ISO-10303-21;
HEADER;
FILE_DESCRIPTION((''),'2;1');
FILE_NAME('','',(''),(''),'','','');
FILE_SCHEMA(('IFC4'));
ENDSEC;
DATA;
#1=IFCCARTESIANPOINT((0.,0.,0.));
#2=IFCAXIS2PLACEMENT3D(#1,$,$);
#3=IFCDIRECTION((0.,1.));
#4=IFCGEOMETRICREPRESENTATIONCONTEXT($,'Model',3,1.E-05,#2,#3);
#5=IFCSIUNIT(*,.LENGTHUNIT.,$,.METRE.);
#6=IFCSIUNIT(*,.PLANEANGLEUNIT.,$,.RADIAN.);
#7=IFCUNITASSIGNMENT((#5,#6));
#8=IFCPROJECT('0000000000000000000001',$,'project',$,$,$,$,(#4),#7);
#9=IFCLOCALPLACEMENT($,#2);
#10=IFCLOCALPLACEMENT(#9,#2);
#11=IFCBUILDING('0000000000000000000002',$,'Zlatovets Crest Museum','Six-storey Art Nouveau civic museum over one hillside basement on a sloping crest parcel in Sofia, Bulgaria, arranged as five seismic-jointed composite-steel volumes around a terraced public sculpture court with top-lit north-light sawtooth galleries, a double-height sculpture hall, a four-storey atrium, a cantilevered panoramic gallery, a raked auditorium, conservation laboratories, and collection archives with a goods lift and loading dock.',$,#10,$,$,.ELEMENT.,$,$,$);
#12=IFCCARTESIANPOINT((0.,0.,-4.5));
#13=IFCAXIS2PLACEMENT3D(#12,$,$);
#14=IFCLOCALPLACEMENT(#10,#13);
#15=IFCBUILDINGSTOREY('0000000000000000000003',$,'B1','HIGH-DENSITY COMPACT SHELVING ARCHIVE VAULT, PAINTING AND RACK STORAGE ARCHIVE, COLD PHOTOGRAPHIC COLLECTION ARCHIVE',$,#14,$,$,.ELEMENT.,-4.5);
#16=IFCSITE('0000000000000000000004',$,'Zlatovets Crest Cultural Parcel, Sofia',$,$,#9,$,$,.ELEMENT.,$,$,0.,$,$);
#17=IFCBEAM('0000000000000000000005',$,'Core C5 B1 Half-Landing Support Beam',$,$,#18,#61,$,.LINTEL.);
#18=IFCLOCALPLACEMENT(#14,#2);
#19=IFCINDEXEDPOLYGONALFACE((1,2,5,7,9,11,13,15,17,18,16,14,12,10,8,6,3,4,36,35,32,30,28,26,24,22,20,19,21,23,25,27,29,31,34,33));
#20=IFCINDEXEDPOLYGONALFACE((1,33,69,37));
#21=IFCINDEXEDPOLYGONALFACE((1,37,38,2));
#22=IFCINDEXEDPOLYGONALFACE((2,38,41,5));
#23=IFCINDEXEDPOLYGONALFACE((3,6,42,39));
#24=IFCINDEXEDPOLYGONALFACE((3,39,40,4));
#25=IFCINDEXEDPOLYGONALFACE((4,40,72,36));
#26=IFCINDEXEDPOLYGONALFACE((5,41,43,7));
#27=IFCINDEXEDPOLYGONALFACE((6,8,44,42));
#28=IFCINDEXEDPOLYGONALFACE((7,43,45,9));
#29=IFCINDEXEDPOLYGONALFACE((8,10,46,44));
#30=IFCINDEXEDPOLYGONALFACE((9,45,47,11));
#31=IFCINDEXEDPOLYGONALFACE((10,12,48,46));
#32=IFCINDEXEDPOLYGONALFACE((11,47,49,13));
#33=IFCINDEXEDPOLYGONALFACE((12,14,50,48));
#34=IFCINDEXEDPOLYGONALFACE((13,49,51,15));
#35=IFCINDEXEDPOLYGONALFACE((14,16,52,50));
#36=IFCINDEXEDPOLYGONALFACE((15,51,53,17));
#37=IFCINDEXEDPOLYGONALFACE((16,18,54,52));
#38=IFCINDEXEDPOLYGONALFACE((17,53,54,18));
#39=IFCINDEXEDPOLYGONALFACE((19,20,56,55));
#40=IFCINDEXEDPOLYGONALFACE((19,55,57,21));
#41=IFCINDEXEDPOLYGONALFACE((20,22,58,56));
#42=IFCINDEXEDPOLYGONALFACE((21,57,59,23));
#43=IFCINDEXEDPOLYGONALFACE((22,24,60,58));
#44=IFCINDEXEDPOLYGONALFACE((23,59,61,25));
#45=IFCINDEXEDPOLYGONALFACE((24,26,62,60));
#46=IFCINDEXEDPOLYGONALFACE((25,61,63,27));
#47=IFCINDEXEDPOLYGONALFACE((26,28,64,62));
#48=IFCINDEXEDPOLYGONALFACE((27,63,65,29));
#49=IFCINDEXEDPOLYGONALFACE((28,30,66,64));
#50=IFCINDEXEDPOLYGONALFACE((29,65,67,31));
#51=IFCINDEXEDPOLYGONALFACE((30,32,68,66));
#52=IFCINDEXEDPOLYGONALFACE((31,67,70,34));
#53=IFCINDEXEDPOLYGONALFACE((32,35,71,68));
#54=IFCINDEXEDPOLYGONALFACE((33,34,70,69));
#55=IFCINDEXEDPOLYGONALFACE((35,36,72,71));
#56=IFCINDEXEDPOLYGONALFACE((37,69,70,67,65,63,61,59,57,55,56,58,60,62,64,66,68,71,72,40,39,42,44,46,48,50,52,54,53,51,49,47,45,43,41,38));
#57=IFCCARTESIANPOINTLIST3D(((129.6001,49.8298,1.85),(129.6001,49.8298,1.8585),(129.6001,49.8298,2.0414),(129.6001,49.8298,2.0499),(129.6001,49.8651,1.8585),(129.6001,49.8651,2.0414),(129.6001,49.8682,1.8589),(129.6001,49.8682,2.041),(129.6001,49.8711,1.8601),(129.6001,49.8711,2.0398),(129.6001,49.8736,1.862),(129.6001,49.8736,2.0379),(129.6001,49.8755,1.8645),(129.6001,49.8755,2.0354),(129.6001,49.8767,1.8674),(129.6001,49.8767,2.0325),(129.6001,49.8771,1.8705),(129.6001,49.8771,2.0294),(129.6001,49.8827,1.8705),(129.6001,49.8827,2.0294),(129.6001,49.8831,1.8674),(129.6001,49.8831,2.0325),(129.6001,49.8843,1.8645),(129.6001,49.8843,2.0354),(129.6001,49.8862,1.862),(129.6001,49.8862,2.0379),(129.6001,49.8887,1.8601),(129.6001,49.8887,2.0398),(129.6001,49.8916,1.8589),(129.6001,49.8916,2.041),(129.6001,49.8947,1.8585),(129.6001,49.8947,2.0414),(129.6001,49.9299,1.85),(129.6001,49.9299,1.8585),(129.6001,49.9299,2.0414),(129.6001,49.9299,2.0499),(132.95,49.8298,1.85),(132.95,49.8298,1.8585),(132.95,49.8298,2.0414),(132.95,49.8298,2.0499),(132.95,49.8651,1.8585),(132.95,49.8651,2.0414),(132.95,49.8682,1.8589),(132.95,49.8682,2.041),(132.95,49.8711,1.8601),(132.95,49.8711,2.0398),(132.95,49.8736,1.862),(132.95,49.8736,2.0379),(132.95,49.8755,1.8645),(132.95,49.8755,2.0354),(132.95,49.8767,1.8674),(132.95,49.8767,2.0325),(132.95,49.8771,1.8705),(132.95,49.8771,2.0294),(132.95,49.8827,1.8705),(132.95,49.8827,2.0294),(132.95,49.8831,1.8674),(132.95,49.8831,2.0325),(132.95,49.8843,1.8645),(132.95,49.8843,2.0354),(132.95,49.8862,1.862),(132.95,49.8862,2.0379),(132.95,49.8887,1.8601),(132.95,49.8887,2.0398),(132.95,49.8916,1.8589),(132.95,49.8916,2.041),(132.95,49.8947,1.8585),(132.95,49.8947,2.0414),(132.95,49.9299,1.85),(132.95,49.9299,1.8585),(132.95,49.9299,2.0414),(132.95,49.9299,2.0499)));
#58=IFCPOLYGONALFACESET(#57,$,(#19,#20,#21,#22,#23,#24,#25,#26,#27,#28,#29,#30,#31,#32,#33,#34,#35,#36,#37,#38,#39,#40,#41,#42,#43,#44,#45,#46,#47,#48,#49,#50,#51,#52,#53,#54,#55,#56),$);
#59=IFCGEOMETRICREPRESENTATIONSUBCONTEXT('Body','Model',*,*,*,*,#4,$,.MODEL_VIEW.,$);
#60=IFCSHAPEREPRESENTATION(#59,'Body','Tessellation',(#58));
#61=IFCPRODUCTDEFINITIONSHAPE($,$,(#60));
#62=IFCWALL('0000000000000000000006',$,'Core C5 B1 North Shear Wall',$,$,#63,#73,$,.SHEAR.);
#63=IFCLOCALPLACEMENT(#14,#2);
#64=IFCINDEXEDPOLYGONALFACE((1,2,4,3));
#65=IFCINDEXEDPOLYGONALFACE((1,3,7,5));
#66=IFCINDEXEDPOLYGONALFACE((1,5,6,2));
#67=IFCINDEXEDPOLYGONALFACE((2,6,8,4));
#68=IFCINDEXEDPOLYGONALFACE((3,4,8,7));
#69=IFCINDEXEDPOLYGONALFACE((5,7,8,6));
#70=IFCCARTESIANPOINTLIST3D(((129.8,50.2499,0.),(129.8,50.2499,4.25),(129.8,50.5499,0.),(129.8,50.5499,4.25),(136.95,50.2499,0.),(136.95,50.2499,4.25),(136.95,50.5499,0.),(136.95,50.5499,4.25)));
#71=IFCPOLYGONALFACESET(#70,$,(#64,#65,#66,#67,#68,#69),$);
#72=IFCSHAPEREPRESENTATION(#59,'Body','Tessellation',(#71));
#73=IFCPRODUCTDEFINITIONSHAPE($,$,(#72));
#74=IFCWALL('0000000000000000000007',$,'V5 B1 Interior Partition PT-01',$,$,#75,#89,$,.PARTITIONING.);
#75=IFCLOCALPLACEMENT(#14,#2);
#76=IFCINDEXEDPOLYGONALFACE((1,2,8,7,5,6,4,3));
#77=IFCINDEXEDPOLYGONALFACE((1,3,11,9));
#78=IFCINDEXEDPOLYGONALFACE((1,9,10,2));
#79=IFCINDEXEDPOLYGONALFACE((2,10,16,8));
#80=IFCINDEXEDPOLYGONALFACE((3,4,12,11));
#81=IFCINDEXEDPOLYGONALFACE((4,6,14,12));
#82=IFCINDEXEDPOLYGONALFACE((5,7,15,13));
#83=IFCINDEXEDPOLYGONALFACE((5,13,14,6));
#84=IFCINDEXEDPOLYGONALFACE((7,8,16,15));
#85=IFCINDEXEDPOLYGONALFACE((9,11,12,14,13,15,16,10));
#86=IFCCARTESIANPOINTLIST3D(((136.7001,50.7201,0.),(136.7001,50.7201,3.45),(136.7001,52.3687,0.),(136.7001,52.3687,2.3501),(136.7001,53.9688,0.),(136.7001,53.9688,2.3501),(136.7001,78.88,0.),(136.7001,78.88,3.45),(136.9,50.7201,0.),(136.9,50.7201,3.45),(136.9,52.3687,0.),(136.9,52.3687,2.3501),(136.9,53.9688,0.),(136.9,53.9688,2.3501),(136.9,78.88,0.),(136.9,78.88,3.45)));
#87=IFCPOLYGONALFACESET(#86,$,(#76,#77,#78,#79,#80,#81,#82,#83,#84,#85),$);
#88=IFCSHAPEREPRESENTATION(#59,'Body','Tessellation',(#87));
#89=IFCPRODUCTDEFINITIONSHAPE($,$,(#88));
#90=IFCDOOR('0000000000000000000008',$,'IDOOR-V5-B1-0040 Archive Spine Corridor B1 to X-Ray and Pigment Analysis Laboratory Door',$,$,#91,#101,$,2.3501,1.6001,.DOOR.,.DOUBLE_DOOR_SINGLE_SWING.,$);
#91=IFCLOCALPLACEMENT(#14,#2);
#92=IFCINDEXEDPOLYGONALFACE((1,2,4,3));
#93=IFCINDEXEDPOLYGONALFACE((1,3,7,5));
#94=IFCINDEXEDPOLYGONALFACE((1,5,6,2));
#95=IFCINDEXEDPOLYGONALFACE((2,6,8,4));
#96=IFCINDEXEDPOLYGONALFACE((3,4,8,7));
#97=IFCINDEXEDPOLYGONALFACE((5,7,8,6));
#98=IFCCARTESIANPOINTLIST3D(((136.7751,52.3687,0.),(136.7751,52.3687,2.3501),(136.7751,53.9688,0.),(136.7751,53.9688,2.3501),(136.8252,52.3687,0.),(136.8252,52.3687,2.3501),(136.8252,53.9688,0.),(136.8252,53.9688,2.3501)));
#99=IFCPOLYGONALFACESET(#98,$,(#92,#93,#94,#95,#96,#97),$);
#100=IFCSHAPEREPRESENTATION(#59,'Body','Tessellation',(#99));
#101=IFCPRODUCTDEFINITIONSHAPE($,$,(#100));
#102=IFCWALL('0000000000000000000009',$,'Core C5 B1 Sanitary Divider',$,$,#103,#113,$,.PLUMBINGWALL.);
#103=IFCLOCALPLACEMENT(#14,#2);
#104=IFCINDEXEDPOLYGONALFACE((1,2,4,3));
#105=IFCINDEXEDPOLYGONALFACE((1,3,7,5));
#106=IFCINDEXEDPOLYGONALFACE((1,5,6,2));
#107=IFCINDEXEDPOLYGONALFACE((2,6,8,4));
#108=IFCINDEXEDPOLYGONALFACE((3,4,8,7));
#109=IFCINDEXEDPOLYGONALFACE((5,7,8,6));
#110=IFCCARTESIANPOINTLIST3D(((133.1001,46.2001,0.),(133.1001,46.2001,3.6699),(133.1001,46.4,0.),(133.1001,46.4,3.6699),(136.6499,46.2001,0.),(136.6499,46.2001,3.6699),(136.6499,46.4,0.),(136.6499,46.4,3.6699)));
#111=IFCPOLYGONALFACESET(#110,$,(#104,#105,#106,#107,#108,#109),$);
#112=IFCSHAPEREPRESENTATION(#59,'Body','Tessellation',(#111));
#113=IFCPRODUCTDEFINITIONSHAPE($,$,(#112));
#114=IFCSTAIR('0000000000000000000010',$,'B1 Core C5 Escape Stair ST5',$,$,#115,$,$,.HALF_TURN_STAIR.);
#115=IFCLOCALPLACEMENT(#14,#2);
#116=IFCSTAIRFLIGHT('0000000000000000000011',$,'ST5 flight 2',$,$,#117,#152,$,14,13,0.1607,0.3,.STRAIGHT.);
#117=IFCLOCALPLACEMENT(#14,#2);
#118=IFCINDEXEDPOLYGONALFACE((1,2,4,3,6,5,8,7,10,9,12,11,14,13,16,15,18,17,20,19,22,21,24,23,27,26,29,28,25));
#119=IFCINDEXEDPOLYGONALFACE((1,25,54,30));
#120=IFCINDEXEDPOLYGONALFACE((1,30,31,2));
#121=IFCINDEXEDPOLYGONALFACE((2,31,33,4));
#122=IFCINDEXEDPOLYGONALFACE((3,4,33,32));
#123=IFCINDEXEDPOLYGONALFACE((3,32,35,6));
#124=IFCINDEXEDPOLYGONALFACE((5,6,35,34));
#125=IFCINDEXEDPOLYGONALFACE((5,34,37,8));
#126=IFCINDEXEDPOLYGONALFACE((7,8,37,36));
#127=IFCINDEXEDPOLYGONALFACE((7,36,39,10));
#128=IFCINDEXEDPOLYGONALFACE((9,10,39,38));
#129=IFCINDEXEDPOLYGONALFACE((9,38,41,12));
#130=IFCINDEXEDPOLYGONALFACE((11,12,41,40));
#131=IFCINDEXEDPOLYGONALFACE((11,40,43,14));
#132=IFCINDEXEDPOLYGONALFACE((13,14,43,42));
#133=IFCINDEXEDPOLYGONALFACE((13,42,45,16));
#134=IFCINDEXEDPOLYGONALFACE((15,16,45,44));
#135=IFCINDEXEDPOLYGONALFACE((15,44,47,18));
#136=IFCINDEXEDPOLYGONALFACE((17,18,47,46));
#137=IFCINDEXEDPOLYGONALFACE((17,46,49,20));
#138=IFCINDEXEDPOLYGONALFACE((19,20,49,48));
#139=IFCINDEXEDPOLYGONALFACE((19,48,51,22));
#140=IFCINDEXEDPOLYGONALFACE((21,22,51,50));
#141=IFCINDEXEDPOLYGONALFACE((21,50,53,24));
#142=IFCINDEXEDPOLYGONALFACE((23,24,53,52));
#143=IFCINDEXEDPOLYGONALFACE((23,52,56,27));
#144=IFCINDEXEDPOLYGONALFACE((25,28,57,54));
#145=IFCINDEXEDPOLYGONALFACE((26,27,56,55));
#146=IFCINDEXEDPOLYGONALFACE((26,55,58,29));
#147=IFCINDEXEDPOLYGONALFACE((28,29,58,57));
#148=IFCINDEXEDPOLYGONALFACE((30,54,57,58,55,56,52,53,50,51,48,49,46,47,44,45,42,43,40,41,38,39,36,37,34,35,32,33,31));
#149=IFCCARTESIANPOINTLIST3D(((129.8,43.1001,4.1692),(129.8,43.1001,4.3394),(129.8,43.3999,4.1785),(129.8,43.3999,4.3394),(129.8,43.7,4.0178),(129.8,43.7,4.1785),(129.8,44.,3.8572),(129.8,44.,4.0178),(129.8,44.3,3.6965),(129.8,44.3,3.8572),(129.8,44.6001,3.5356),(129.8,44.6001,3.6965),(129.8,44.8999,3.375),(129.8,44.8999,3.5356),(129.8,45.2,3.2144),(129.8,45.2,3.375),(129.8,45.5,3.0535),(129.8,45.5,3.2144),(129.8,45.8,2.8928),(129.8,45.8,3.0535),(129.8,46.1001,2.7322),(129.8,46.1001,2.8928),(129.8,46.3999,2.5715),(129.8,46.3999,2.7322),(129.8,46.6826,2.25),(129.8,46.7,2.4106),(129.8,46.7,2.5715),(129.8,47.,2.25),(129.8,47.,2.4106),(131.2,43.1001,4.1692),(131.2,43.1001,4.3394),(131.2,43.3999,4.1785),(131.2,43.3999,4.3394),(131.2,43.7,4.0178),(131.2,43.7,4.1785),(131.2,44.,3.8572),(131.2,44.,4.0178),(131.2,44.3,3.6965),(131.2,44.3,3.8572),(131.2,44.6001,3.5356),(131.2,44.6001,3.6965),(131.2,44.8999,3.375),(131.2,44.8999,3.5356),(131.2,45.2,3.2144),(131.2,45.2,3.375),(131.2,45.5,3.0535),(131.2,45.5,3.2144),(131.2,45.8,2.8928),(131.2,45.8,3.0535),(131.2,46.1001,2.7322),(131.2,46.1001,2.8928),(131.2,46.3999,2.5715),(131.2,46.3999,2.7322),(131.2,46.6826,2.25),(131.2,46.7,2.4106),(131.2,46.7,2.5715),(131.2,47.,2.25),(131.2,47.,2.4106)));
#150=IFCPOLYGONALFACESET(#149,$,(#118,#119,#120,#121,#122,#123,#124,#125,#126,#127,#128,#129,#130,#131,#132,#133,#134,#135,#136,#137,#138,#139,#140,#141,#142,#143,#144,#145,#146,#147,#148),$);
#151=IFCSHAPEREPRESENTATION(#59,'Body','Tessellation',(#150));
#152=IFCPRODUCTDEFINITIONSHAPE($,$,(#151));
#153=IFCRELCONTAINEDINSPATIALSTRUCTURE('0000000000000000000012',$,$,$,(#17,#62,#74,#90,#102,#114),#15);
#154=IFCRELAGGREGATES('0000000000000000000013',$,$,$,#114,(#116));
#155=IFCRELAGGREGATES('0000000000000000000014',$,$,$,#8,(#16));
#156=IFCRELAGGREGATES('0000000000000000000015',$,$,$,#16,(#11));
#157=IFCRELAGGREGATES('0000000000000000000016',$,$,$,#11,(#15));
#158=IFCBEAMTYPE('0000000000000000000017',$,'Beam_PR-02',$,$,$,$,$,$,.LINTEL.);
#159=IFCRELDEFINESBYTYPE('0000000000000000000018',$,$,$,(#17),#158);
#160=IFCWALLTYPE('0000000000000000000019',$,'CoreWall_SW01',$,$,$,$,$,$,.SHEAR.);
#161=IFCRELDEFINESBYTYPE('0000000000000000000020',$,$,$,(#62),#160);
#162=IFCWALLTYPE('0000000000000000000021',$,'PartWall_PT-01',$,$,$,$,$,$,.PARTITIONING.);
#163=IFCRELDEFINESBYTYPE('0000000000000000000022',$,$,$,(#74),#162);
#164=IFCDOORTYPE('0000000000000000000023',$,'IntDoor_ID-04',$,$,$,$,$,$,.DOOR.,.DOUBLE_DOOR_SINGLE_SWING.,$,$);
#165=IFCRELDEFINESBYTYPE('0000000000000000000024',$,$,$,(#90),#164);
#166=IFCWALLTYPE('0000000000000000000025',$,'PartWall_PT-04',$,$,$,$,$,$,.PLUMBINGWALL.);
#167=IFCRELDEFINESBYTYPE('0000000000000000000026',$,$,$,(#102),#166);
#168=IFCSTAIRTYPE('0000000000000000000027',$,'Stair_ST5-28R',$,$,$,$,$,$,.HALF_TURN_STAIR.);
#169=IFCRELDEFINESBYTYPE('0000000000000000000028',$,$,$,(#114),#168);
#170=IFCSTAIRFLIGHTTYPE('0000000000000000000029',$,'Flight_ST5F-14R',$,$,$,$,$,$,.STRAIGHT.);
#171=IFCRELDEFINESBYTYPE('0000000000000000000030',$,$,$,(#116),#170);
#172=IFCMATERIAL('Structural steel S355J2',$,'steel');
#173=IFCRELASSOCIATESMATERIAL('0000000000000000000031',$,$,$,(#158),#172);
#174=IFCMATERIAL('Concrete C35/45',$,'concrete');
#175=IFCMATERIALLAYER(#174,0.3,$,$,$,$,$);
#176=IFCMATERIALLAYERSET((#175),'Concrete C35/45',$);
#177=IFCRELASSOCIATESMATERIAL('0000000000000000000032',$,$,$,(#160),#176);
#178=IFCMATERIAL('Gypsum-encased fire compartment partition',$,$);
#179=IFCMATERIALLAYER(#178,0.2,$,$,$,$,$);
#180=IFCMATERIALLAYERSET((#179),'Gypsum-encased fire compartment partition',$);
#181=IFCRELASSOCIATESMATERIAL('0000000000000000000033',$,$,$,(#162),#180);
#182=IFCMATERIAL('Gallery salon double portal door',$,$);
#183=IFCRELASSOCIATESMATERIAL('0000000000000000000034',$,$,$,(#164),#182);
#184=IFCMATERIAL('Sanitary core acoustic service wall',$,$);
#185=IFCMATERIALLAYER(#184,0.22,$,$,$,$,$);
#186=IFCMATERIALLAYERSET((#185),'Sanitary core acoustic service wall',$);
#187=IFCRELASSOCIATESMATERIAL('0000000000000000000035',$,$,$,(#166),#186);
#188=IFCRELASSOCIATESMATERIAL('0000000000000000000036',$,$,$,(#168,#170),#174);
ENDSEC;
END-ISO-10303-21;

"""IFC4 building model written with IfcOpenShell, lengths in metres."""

from ifc_helpers import new_model, si_unit, direction, frame, frame_2d, origin, origin_2d, place, context, subcontext, project, spatial, polyline, rectangle, i_section, outline, extrude, material, layer, layer_set, material_profile, profile_set, type_object, element, fill, aggregate, save


model = new_model("IFC4")

# Units and contexts
model_context = context("Model", 3, precision=1e-05, world=origin(), true_north=direction((0.0, 1.0)))
body_context = subcontext(model_context, "Body", "Model", "MODEL_VIEW")
ifc_project = project(units=[si_unit("LENGTHUNIT", "METRE"), si_unit("PLANEANGLEUNIT", "RADIAN")], contexts=[model_context])

# Site, building, storey
site_placement = place(None, origin())
site = spatial("IfcSite", under=ifc_project, at=site_placement, Name="Zlatovets Crest Cultural Parcel, Sofia", CompositionType="ELEMENT", RefElevation=0.0)
building_placement = place(site_placement, origin())
building = spatial("IfcBuilding", under=site, at=building_placement, Name="Zlatovets Crest Museum", Description="Six-storey Art Nouveau civic museum over one hillside basement on a sloping crest parcel in Sofia, Bulgaria, arranged as five seismic-jointed composite-steel volumes around a terraced public sculpture court with top-lit north-light sawtooth galleries, a double-height sculpture hall, a four-storey atrium, a cantilevered panoramic gallery, a raked auditorium, conservation laboratories, and collection archives with a goods lift and loading dock.", CompositionType="ELEMENT")
storey_placement = place(building_placement, frame((0.0, 0.0, -4.5)))
storey = spatial("IfcBuildingStorey", under=building, at=storey_placement, Name="B1", Description="HIGH-DENSITY COMPACT SHELVING ARCHIVE VAULT, PAINTING AND RACK STORAGE ARCHIVE, COLD PHOTOGRAPHIC COLLECTION ARCHIVE", CompositionType="ELEMENT", Elevation=-4.5)

# Shared definitions
ifc_material_1 = material(Name="Concrete C35/45", Category="concrete")

# Beam
ifc_material_2 = material(Name="Structural steel S355J2", Category="steel")
ifc_material_profile_1 = material_profile(ifc_material_2, i_section(OverallWidth=0.1001, OverallDepth=0.2, WebThickness=0.0056, FlangeThickness=0.0085, FilletRadius=0.012, at=origin_2d()), Name="IPE 200")
ifc_profile_set_1 = profile_set([ifc_material_profile_1], Name="Structural steel S355J2")
beam_type = type_object("IfcBeamType", Name="Beam_PR-02", PredefinedType="LINTEL", material=ifc_profile_set_1)
for number, where, z_axis, x_axis, name in (
    (1, (129.6001, 49.8799, 1.95), (1.0, 0.0, 0.0), (0.0, 1.0, 0.0), "Core C5 B1 Half-Landing Support Beam"),
):
    element("IfcBeam", number, at=place(storey_placement, frame(where, z_axis=z_axis, x_axis=x_axis)), inside=storey, type_object=beam_type, Name=name, PredefinedType="LINTEL", context=body_context, shape_type="SweptSolid", body=[
        extrude(i_section(OverallWidth=0.1001, OverallDepth=0.2, WebThickness=0.0056, FlangeThickness=0.0085, FilletRadius=0.012, at=origin_2d()), origin(), (0.0, 0.0, 1.0), 3.3499),
    ])

# Wall
ifc_layer_1 = layer(ifc_material_1, 0.3)
ifc_layer_set_1 = layer_set([ifc_layer_1], Name="Concrete C35/45")
wall_type_1 = type_object("IfcWallType", Name="CoreWall_SW01", PredefinedType="SHEAR", material=ifc_layer_set_1)
wall_1_placement = place(storey_placement, frame((129.8, 50.3999, 0.0), z_axis=(0.0, 0.0, 1.0), x_axis=(1.0, 0.0, 0.0)))
element("IfcWall", 2, at=wall_1_placement, inside=storey, type_object=wall_type_1, Name="Core C5 B1 North Shear Wall", PredefinedType="SHEAR", context=body_context, shape_type="SweptSolid", body=[
    extrude(rectangle(XDim=7.1499, YDim=0.3, at=frame_2d((3.575, 0.0))), origin(), (0.0, 0.0, 1.0), 4.25),
])

# Wall, opening, door
ifc_material_3 = material(Name="Gypsum-encased fire compartment partition")
ifc_layer_2 = layer(ifc_material_3, 0.2)
ifc_layer_set_2 = layer_set([ifc_layer_2], Name="Gypsum-encased fire compartment partition")
wall_type_2 = type_object("IfcWallType", Name="PartWall_PT-01", PredefinedType="PARTITIONING", material=ifc_layer_set_2)
wall_2_placement = place(storey_placement, frame((136.8, 50.72, 0.0), z_axis=(0.0, 0.0, 1.0), x_axis=(0.0, 1.0, 0.0)))
wall_2 = element("IfcWall", 3, at=wall_2_placement, inside=storey, type_object=wall_type_2, Name="V5 B1 Interior Partition PT-01", PredefinedType="PARTITIONING", context=body_context, shape_type="SweptSolid", body=[
    extrude(rectangle(XDim=28.1599, YDim=0.2, at=frame_2d((14.0801, 0.0))), origin(), (0.0, 0.0, 1.0), 3.45),
])
opening_placement = place(wall_2_placement, frame((1.6487, 0.0, 0.0)))
opening = element("IfcOpeningElement", 4, at=opening_placement, cuts=wall_2, PredefinedType="OPENING", context=body_context, shape_type="SweptSolid", body=[
    extrude(rectangle(XDim=1.6001, YDim=2.3501, at=frame_2d((0.8, 1.175))), frame((0.0, 0.1099, 0.0), z_axis=(0.0, -1.0, 0.0), x_axis=(1.0, 0.0, 0.0)), (0.0, 0.0, 1.0), 0.22),
])
ifc_material_4 = material(Name="Gallery salon double portal door")
door_type = type_object("IfcDoorType", Name="IntDoor_ID-04", OperationType="DOUBLE_DOOR_SINGLE_SWING", PredefinedType="DOOR", material=ifc_material_4)
door_placement = place(opening_placement, origin())
door = element("IfcDoor", 5, at=door_placement, inside=storey, type_object=door_type, Name="IDOOR-V5-B1-0040 Archive Spine Corridor B1 to X-Ray and Pigment Analysis Laboratory Door", OperationType="DOUBLE_DOOR_SINGLE_SWING", OverallHeight=2.3501, OverallWidth=1.6001, PredefinedType="DOOR", context=body_context, shape_type="SweptSolid", body=[
    extrude(rectangle(XDim=1.6001, YDim=2.3501, at=frame_2d((0.8, 1.175))), frame((0.0, 0.0249, 0.0), z_axis=(0.0, -1.0, 0.0), x_axis=(1.0, 0.0, 0.0)), (0.0, 0.0, 1.0), 0.05),
])
fill(opening, door)

# Wall
ifc_material_5 = material(Name="Sanitary core acoustic service wall")
ifc_layer_3 = layer(ifc_material_5, 0.22)
ifc_layer_set_3 = layer_set([ifc_layer_3], Name="Sanitary core acoustic service wall")
wall_type_3 = type_object("IfcWallType", Name="PartWall_PT-04", PredefinedType="PLUMBINGWALL", material=ifc_layer_set_3)
wall_3_placement = place(storey_placement, frame((133.1001, 46.3, 0.0), z_axis=(0.0, 0.0, 1.0), x_axis=(1.0, 0.0, 0.0)))
element("IfcWall", 6, at=wall_3_placement, inside=storey, type_object=wall_type_3, Name="Core C5 B1 Sanitary Divider", PredefinedType="PLUMBINGWALL", context=body_context, shape_type="SweptSolid", body=[
    extrude(rectangle(XDim=3.5498, YDim=0.2, at=frame_2d((1.7749, 0.0))), origin(), (0.0, 0.0, 1.0), 3.6699),
])

# Stair, stair flight
stair_type = type_object("IfcStairType", Name="Stair_ST5-28R", PredefinedType="HALF_TURN_STAIR", material=ifc_material_1)
stair_placement = place(storey_placement, origin())
stair = element("IfcStair", 7, at=stair_placement, inside=storey, type_object=stair_type, Name="B1 Core C5 Escape Stair ST5", PredefinedType="HALF_TURN_STAIR")
stair_flight_type = type_object("IfcStairFlightType", Name="Flight_ST5F-14R", PredefinedType="STRAIGHT", material=ifc_material_1)
stair_flight_placement = place(storey_placement, frame((130.5, 47.0, 2.25), z_axis=(0.0, 0.0, 1.0), x_axis=(0.0, -1.0, 0.0)))
stair_flight = element("IfcStairFlight", 8, at=stair_flight_placement, type_object=stair_flight_type, Name="ST5 flight 2", NumberOfRisers=14, NumberOfTreads=13, PredefinedType="STRAIGHT", RiserHeight=0.1607, TreadLength=0.3, context=body_context, shape_type="SweptSolid", body=[
    extrude(outline(polyline([(0.0, 0.0), (0.0, 0.1606), (0.3, 0.1606), (0.3, 0.3215), (0.6001, 0.3215), (0.6001, 0.4822), (0.8999, 0.4822), (0.8999, 0.6428), (1.2, 0.6428), (1.2, 0.8035), (1.5, 0.8035), (1.5, 0.9644), (1.8, 0.9644), (1.8, 1.125), (2.1001, 1.125), (2.1001, 1.2856), (2.3999, 1.2856), (2.3999, 1.4465), (2.7, 1.4465), (2.7, 1.6072), (3.0, 1.6072), (3.0, 1.7678), (3.3, 1.7678), (3.3, 1.9285), (3.6001, 1.9285), (3.6001, 2.0894), (3.8999, 2.0894), (3.8999, 2.25), (3.8999, 1.9192), (0.3174, 0.0), (0.0, 0.0)])), frame((0.0, 0.7, 0.0), z_axis=(0.0, -1.0, 0.0), x_axis=(1.0, 0.0, 0.0)), (0.0, 0.0, 1.0), 1.3999),
])
aggregate(stair, [stair_flight])

save(model, "model.ifc")
